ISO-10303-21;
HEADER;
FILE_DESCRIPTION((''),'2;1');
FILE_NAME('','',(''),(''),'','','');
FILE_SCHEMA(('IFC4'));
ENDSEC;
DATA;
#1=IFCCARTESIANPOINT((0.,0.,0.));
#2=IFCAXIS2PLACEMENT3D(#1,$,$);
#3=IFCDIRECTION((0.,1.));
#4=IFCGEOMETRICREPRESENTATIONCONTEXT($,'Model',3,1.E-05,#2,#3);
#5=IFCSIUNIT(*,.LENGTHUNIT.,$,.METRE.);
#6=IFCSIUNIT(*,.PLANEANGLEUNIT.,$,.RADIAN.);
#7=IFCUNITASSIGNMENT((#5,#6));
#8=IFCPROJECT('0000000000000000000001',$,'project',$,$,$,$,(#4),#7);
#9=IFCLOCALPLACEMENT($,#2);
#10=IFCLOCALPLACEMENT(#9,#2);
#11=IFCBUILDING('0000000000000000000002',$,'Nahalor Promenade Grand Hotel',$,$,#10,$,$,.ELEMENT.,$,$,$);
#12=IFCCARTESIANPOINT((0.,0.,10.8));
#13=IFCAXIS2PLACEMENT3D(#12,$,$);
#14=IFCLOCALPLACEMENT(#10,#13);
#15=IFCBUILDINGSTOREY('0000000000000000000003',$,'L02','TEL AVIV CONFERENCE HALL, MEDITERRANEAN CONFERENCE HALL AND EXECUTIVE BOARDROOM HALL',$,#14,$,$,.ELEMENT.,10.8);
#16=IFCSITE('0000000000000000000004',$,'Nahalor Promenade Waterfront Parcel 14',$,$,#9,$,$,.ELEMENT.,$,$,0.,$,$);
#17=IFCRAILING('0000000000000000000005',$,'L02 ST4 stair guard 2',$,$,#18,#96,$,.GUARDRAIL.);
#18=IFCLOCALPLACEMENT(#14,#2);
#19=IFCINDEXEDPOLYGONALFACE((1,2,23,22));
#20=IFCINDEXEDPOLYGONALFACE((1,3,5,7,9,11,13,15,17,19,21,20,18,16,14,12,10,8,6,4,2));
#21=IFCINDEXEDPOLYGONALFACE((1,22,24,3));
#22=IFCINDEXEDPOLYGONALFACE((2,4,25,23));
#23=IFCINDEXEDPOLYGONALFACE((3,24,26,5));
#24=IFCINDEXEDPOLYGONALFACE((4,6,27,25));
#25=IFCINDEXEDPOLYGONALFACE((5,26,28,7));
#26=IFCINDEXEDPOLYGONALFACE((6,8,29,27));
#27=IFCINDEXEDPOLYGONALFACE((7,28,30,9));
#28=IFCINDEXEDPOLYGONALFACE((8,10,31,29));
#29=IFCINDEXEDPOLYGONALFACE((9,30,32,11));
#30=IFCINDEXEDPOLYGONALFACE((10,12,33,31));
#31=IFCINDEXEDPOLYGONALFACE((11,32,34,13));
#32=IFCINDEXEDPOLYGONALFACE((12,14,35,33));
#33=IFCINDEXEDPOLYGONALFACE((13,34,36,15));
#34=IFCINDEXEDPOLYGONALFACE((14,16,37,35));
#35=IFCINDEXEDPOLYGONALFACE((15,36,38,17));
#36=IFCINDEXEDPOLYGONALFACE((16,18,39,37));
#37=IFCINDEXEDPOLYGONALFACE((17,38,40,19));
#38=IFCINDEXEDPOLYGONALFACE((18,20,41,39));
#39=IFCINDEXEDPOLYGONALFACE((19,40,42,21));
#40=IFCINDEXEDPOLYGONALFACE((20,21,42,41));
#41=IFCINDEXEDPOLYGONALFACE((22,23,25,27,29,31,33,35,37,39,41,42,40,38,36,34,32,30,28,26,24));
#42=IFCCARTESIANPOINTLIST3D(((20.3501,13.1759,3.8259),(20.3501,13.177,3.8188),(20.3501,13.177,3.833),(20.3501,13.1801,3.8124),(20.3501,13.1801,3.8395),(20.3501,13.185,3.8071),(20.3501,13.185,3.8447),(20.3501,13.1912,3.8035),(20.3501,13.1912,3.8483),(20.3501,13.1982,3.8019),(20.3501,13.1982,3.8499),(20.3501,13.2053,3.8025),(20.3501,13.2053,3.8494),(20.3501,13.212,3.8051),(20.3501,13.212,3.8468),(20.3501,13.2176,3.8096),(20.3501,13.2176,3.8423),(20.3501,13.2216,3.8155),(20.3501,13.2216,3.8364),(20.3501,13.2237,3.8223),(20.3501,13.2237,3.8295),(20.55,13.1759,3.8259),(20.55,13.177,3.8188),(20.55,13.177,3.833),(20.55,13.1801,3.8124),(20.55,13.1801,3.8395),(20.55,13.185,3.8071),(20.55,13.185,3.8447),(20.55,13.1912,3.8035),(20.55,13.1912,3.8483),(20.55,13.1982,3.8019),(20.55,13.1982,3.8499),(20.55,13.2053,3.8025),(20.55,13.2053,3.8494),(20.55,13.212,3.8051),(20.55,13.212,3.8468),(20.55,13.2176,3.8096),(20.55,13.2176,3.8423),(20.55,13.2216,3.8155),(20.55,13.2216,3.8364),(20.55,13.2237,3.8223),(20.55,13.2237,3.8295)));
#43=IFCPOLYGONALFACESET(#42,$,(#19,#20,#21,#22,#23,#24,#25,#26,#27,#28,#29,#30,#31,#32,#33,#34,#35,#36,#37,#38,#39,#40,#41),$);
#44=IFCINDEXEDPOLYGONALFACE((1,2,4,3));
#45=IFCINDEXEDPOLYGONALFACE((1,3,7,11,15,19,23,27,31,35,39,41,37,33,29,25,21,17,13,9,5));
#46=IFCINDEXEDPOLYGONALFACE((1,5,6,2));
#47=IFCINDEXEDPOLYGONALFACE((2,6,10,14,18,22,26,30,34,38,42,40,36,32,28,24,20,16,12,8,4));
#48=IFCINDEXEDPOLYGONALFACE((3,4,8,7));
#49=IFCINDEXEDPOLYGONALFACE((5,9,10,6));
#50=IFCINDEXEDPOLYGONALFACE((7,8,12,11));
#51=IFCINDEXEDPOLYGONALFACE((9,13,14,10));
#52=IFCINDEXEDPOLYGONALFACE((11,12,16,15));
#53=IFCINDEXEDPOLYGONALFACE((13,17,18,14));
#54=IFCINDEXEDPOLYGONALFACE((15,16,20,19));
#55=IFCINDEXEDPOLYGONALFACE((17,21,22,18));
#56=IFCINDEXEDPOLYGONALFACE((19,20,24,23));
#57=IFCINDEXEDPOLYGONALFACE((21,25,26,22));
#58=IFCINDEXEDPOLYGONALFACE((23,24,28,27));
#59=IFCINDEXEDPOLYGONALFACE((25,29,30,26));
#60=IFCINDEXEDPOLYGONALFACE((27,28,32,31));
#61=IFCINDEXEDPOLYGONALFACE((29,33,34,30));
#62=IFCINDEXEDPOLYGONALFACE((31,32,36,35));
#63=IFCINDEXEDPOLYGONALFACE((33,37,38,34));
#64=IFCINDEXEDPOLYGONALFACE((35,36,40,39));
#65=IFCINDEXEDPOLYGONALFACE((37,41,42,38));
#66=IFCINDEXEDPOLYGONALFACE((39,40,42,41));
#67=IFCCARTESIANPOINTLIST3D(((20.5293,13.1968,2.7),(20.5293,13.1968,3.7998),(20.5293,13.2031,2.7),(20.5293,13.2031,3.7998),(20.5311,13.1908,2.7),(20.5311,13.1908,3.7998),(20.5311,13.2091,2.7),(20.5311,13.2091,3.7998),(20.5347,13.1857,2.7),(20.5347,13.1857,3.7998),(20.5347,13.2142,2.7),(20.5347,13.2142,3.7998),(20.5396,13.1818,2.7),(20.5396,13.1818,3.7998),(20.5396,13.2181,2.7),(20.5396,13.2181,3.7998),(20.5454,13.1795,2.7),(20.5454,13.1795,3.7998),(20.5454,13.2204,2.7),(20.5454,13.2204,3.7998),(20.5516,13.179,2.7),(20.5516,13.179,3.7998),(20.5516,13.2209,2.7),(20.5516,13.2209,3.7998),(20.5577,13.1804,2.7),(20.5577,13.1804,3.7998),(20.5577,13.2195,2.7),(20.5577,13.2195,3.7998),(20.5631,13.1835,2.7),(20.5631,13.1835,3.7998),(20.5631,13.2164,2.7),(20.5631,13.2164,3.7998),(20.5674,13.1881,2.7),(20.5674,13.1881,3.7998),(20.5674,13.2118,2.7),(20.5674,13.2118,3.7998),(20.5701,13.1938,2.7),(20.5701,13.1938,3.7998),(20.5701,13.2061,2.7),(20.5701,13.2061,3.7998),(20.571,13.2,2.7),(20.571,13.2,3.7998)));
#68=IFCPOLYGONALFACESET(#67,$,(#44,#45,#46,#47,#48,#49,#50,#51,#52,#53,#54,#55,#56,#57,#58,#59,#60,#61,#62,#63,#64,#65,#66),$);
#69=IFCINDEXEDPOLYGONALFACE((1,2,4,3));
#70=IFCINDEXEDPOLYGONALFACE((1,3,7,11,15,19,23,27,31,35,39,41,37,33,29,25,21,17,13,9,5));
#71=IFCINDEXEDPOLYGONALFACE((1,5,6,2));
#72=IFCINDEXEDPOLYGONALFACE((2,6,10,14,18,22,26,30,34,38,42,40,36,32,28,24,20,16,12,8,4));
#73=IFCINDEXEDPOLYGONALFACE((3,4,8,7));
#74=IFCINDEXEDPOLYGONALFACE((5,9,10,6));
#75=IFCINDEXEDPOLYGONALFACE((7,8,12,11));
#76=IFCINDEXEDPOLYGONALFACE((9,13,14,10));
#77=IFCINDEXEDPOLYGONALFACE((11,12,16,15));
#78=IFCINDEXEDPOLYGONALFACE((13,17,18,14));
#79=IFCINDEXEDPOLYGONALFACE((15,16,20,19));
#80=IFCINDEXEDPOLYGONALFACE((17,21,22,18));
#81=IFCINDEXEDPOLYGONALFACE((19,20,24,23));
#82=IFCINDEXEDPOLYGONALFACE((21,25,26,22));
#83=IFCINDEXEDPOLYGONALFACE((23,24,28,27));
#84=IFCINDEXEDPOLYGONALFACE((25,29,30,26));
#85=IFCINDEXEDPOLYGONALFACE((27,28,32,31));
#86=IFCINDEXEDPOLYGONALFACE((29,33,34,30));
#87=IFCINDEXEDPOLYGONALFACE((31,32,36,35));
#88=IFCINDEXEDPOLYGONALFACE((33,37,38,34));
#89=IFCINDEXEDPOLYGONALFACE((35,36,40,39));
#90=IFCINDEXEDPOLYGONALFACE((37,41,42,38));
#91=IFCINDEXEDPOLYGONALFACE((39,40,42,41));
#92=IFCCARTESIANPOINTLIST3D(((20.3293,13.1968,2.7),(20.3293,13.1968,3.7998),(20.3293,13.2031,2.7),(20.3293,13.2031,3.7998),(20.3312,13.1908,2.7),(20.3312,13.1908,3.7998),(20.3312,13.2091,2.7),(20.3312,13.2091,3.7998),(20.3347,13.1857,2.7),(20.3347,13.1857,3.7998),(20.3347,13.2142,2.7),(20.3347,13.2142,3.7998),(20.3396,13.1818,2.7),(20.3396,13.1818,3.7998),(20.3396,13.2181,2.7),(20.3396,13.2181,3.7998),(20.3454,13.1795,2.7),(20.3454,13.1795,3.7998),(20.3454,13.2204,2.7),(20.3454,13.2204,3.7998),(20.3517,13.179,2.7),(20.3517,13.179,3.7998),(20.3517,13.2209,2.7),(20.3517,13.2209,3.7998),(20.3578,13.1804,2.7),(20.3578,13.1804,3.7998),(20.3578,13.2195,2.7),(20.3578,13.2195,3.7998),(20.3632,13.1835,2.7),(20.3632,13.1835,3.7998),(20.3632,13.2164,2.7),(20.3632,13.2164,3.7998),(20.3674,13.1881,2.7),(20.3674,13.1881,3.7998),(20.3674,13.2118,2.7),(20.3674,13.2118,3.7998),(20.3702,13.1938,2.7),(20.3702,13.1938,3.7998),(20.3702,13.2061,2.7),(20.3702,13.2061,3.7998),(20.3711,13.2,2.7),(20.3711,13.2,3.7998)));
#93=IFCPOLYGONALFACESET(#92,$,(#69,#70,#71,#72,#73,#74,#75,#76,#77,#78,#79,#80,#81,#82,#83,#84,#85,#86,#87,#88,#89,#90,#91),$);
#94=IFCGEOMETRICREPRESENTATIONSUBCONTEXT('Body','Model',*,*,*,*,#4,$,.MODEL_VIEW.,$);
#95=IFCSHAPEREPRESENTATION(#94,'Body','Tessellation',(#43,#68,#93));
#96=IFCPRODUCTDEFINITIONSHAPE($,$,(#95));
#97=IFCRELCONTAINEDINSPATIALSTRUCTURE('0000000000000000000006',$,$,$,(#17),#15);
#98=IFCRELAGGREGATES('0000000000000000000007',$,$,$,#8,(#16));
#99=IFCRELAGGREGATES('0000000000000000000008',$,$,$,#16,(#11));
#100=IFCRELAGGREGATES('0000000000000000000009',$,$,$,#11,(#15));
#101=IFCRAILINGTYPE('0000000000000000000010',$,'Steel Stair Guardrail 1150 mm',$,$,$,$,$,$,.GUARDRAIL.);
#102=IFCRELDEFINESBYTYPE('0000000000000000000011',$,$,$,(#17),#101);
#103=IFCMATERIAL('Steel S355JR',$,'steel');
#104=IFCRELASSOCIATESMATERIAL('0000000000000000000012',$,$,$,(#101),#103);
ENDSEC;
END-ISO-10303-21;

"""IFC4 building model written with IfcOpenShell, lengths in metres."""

from ifc_helpers import new_model, si_unit, direction, frame, origin, origin_2d, place, context, subcontext, project, spatial, circle, extrude, material, type_object, element, save


model = new_model("IFC4")

# Units and contexts
model_context = context("Model", 3, precision=1e-05, world=origin(), true_north=direction((0.0, 1.0)))
body_context = subcontext(model_context, "Body", "Model", "MODEL_VIEW")
ifc_project = project(units=[si_unit("LENGTHUNIT", "METRE"), si_unit("PLANEANGLEUNIT", "RADIAN")], contexts=[model_context])

# Site, building, storey
site_placement = place(None, origin())
site = spatial("IfcSite", under=ifc_project, at=site_placement, Name="Nahalor Promenade Waterfront Parcel 14", CompositionType="ELEMENT", RefElevation=0.0)
building_placement = place(site_placement, origin())
building = spatial("IfcBuilding", under=site, at=building_placement, Name="Nahalor Promenade Grand Hotel", CompositionType="ELEMENT")
storey_placement = place(building_placement, frame((0.0, 0.0, 10.8)))
storey = spatial("IfcBuildingStorey", under=building, at=storey_placement, Name="L02", Description="TEL AVIV CONFERENCE HALL, MEDITERRANEAN CONFERENCE HALL AND EXECUTIVE BOARDROOM HALL", CompositionType="ELEMENT", Elevation=10.8)

# Shared definitions
ifc_material_1 = material(Name="Steel S355JR", Category="steel")

# Railing
railing_type_1 = type_object("IfcRailingType", Name="Steel Stair Guardrail 1150 mm", PredefinedType="GUARDRAIL", material=ifc_material_1)
railing_1_placement = place(storey_placement, frame((20.55, 13.2, 2.7)))
element("IfcRailing", 1, at=railing_1_placement, inside=storey, type_object=railing_type_1, Name="L02 ST4 stair guard 2", PredefinedType="GUARDRAIL", context=body_context, shape_type="SweptSolid", body=[
    extrude(circle(Radius=0.024, at=origin_2d()), frame((0.0, 0.0, 1.126), z_axis=(-1.0, 0.0, 0.0), x_axis=(0.0, -1.0, 0.0)), (0.0, 0.0, 1.0), 0.2),
    extrude(circle(Radius=0.021, at=origin_2d()), origin(), (0.0, 0.0, 1.0), 1.0999),
    extrude(circle(Radius=0.021, at=origin_2d()), frame((-0.2, 0.0, 0.0)), (0.0, 0.0, 1.0), 1.0999),
])

save(model, "model.ifc")
